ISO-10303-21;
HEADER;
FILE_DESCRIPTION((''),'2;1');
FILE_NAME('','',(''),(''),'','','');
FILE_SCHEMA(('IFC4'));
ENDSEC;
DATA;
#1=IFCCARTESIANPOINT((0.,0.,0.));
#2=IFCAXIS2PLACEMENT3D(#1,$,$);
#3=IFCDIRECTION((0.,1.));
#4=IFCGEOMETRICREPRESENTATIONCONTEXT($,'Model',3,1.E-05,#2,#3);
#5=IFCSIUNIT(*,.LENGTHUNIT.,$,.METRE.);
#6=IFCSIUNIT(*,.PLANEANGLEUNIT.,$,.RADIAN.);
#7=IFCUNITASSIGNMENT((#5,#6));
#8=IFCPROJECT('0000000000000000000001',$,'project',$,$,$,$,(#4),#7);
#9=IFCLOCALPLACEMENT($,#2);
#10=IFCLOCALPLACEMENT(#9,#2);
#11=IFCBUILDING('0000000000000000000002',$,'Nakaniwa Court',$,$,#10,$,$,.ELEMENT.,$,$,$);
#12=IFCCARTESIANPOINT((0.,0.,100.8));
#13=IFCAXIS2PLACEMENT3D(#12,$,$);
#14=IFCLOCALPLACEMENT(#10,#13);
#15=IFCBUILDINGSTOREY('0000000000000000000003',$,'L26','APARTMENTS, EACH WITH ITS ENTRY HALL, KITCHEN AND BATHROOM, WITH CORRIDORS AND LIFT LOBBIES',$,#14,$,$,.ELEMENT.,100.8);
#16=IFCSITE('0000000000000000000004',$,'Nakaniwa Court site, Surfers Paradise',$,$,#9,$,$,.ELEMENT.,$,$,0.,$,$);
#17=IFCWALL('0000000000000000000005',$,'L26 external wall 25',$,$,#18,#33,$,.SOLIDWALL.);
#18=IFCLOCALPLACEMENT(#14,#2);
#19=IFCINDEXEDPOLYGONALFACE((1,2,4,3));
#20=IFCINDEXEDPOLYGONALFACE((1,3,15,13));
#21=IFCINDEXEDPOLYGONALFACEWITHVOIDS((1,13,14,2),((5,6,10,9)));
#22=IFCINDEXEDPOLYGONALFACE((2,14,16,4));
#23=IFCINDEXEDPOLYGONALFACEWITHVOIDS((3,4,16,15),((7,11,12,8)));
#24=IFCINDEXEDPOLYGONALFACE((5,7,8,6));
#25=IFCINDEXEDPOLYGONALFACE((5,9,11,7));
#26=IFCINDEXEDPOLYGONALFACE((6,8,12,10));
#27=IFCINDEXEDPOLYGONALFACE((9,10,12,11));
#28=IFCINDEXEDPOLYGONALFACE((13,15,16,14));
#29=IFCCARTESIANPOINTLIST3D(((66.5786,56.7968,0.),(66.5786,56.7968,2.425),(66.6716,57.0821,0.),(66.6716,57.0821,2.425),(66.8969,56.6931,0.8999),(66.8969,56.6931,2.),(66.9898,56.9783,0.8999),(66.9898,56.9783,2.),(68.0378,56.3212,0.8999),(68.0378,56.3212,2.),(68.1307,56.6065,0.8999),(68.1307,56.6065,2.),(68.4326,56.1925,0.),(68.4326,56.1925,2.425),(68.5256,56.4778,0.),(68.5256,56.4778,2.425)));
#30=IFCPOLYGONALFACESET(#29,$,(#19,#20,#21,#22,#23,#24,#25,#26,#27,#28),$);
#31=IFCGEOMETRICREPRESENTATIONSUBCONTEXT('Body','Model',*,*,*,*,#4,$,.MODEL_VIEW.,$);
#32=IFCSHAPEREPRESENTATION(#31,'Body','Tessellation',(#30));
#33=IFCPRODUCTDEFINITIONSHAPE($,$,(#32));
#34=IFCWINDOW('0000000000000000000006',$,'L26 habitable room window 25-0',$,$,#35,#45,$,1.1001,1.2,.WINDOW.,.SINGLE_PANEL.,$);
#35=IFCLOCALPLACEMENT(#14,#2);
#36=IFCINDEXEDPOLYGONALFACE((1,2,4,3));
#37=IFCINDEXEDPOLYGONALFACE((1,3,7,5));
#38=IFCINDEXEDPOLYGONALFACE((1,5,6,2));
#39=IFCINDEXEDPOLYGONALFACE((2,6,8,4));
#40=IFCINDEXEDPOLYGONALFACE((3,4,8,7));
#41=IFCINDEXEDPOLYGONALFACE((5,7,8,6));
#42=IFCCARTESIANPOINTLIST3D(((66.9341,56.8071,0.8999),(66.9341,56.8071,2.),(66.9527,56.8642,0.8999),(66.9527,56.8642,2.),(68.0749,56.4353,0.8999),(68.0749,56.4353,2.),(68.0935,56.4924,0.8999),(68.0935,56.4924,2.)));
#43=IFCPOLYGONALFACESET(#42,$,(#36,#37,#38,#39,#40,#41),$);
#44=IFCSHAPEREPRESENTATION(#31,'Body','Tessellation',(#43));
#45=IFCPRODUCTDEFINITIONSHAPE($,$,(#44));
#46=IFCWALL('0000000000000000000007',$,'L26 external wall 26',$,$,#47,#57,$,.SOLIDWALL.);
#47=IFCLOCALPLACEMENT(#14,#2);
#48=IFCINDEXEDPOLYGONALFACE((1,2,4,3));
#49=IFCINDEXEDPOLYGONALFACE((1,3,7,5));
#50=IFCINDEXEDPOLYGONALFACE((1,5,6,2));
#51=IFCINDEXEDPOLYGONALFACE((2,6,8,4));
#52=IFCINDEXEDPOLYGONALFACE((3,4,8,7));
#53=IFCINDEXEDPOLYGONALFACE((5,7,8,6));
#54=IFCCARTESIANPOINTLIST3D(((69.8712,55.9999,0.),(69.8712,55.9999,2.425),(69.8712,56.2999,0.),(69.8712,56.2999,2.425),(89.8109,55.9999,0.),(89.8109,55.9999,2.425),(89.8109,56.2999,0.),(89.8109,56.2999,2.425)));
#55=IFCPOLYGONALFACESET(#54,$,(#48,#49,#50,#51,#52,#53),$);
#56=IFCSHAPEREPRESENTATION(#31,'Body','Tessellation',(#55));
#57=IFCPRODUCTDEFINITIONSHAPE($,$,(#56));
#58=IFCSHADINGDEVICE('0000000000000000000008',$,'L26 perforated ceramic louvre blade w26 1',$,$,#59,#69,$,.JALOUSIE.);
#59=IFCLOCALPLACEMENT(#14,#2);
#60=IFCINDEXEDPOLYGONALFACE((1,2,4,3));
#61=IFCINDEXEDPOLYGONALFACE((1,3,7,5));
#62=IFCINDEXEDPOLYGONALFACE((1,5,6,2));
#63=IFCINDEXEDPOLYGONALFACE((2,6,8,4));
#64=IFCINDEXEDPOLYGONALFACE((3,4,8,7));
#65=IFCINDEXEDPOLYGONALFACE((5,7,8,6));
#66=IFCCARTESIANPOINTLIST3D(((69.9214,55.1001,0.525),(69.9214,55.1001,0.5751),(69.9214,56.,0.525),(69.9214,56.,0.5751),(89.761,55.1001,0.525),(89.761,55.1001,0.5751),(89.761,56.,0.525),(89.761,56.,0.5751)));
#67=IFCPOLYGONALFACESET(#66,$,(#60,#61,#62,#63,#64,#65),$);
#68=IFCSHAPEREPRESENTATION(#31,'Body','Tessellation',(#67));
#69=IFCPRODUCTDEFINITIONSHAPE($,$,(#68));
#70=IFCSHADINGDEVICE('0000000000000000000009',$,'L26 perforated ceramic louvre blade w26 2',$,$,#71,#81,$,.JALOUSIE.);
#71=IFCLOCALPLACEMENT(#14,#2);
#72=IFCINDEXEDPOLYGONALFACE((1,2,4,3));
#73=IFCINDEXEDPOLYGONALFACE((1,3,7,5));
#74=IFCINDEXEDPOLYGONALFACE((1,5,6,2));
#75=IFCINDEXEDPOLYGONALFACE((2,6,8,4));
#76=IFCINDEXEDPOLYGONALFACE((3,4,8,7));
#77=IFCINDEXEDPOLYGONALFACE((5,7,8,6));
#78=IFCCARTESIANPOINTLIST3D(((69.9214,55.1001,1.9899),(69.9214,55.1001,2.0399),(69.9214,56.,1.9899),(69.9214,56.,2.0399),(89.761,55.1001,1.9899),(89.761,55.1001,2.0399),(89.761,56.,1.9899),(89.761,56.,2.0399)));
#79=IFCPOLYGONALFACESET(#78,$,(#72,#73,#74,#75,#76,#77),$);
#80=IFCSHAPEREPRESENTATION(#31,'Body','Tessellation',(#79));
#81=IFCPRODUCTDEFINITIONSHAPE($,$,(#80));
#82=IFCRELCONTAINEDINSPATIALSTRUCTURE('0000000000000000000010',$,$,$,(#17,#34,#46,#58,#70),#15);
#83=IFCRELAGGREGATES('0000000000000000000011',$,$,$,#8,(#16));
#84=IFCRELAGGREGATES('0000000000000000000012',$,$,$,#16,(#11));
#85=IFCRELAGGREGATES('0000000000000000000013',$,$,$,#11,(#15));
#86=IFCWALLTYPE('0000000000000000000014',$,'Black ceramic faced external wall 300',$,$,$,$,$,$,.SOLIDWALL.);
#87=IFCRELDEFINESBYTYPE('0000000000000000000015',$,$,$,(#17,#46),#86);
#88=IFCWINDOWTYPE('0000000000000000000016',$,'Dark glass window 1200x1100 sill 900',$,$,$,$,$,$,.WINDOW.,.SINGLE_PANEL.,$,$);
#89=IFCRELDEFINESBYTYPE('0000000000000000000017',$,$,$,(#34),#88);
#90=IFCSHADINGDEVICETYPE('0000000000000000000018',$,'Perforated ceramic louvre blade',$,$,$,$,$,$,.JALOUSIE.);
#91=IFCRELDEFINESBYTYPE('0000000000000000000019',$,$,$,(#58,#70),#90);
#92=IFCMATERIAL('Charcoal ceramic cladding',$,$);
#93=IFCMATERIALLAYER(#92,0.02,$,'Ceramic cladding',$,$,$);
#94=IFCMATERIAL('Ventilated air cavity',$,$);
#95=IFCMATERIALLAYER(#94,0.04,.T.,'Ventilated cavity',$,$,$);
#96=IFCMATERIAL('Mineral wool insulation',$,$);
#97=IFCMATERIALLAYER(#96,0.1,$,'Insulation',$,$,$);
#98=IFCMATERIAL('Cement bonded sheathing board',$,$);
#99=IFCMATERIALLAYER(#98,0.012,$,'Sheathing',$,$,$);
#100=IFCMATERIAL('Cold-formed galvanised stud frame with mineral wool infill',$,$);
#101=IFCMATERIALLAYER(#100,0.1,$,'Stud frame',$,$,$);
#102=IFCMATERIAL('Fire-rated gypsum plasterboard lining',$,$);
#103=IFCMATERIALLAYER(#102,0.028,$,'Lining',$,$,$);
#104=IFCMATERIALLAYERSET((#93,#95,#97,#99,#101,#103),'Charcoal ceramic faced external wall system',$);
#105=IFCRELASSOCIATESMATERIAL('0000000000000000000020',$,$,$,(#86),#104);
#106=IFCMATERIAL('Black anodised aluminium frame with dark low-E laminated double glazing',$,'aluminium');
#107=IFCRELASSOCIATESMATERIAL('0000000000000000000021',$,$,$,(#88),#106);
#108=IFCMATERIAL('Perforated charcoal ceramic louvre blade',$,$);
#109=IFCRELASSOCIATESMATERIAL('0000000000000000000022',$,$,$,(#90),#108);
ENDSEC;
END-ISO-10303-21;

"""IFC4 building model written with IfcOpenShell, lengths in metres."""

from ifc_helpers import new_model, si_unit, direction, frame, frame_2d, origin, origin_2d, place, context, subcontext, project, spatial, rectangle, extrude, material, layer, layer_set, material_profile, profile_set, type_object, element, fill, save


model = new_model("IFC4")

# Units and contexts
model_context = context("Model", 3, precision=1e-05, world=origin(), true_north=direction((0.0, 1.0)))
body_context = subcontext(model_context, "Body", "Model", "MODEL_VIEW")
ifc_project = project(units=[si_unit("LENGTHUNIT", "METRE"), si_unit("PLANEANGLEUNIT", "RADIAN")], contexts=[model_context])

# Site, building, storey
site_placement = place(None, origin())
site = spatial("IfcSite", under=ifc_project, at=site_placement, Name="Nakaniwa Court site, Surfers Paradise", CompositionType="ELEMENT", RefElevation=0.0)
building_placement = place(site_placement, origin())
building = spatial("IfcBuilding", under=site, at=building_placement, Name="Nakaniwa Court", CompositionType="ELEMENT")
storey_placement = place(building_placement, frame((0.0, 0.0, 100.8)))
storey = spatial("IfcBuildingStorey", under=building, at=storey_placement, Name="L26", Description="APARTMENTS, EACH WITH ITS ENTRY HALL, KITCHEN AND BATHROOM, WITH CORRIDORS AND LIFT LOBBIES", CompositionType="ELEMENT", Elevation=100.8)

# Wall, opening, window
ifc_material_1 = material(Name="Charcoal ceramic cladding")
ifc_layer_1 = layer(ifc_material_1, 0.02, Name="Ceramic cladding")
ifc_material_2 = material(Name="Ventilated air cavity")
ifc_layer_2 = layer(ifc_material_2, 0.04, ventilated=True, Name="Ventilated cavity")
ifc_material_3 = material(Name="Mineral wool insulation")
ifc_layer_3 = layer(ifc_material_3, 0.1, Name="Insulation")
ifc_material_4 = material(Name="Cement bonded sheathing board")
ifc_layer_4 = layer(ifc_material_4, 0.012, Name="Sheathing")
ifc_material_5 = material(Name="Cold-formed galvanised stud frame with mineral wool infill")
ifc_layer_5 = layer(ifc_material_5, 0.1, Name="Stud frame")
ifc_material_6 = material(Name="Fire-rated gypsum plasterboard lining")
ifc_layer_6 = layer(ifc_material_6, 0.028, Name="Lining")
ifc_layer_set_1 = layer_set([ifc_layer_1, ifc_layer_2, ifc_layer_3, ifc_layer_4, ifc_layer_5, ifc_layer_6], Name="Charcoal ceramic faced external wall system")
wall_type_1 = type_object("IfcWallType", Name="Black ceramic faced external wall 300", PredefinedType="SOLIDWALL", material=ifc_layer_set_1)
ifc_material_7 = material(Name="Black anodised aluminium frame with dark low-E laminated double glazing", Category="aluminium")
window_type_1 = type_object("IfcWindowType", Name="Dark glass window 1200x1100 sill 900", PartitioningType="SINGLE_PANEL", PredefinedType="WINDOW", material=ifc_material_7)
wall_1_placement = place(storey_placement, frame((66.625, 56.9395, 0.0), z_axis=(0.0, 0.0, 1.0), x_axis=(0.950778, -0.309873, 0.0)))
wall_1 = element("IfcWall", 1, at=wall_1_placement, inside=storey, type_object=wall_type_1, Name="L26 external wall 25", PredefinedType="SOLIDWALL", context=body_context, shape_type="SweptSolid", body=[
    extrude(rectangle(XDim=1.95, YDim=0.3, at=frame_2d((0.9751, 0.0))), origin(), (0.0, 0.0, 1.0), 2.425),
])
opening_1_placement = place(wall_1_placement, frame((0.3347, 0.0, 0.8999)))
opening_1 = element("IfcOpeningElement", 2, at=opening_1_placement, cuts=wall_1, PredefinedType="OPENING", context=body_context, shape_type="SweptSolid", body=[
    extrude(rectangle(XDim=1.2, YDim=1.1001, at=frame_2d((0.6001, 0.55))), frame((0.0, 0.1599, 0.0), z_axis=(0.0, -1.0, 0.0), x_axis=(1.0, 0.0, 0.0)), (0.0, 0.0, 1.0), 0.3201),
])
window_1_placement = place(opening_1_placement, origin())
window_1 = element("IfcWindow", 3, at=window_1_placement, inside=storey, type_object=window_type_1, Name="L26 habitable room window 25-0", OverallHeight=1.1001, OverallWidth=1.2, PartitioningType="SINGLE_PANEL", PredefinedType="WINDOW", context=body_context, shape_type="SweptSolid", body=[
    extrude(rectangle(XDim=1.2, YDim=1.1001, at=frame_2d((0.6001, 0.55))), frame((0.0, 0.03, 0.0), z_axis=(0.0, -1.0, 0.0), x_axis=(1.0, 0.0, 0.0)), (0.0, 0.0, 1.0), 0.0601),
])
fill(opening_1, window_1)

# Wall
wall_2_placement = place(storey_placement, frame((69.8713, 56.1499, 0.0), z_axis=(0.0, 0.0, 1.0), x_axis=(1.0, 0.0, 0.0)))
element("IfcWall", 4, at=wall_2_placement, inside=storey, type_object=wall_type_1, Name="L26 external wall 26", PredefinedType="SOLIDWALL", context=body_context, shape_type="SweptSolid", body=[
    extrude(rectangle(XDim=19.9397, YDim=0.3, at=frame_2d((9.9697, 0.0))), origin(), (0.0, 0.0, 1.0), 2.425),
])

# Shading devices
ifc_material_8 = material(Name="Perforated charcoal ceramic louvre blade")
ifc_material_profile_1 = material_profile(ifc_material_8, rectangle(XDim=0.8999, YDim=0.05, at=origin_2d()), Name="Perforated ceramic louvre blade")
ifc_profile_set_1 = profile_set([ifc_material_profile_1], Name="Perforated charcoal ceramic louvre blade")
shading_device_type = type_object("IfcShadingDeviceType", Name="Perforated ceramic louvre blade", PredefinedType="JALOUSIE", material=ifc_profile_set_1)
for number, where, z_axis, x_axis, name in (
    (5, (69.9214, 55.55, 0.55), (1.0, 0.0, 0.0), (0.0, 1.0, 0.0), "L26 perforated ceramic louvre blade w26 1"),
    (6, (69.9214, 55.55, 2.0149), (1.0, 0.0, 0.0), (0.0, 1.0, 0.0), "L26 perforated ceramic louvre blade w26 2"),
):
    element("IfcShadingDevice", number, at=place(storey_placement, frame(where, z_axis=z_axis, x_axis=x_axis)), inside=storey, type_object=shading_device_type, Name=name, PredefinedType="JALOUSIE", context=body_context, shape_type="SweptSolid", body=[
        extrude(rectangle(XDim=0.8999, YDim=0.05, at=origin_2d()), origin(), (0.0, 0.0, 1.0), 19.8396),
    ])

save(model, "model.ifc")
